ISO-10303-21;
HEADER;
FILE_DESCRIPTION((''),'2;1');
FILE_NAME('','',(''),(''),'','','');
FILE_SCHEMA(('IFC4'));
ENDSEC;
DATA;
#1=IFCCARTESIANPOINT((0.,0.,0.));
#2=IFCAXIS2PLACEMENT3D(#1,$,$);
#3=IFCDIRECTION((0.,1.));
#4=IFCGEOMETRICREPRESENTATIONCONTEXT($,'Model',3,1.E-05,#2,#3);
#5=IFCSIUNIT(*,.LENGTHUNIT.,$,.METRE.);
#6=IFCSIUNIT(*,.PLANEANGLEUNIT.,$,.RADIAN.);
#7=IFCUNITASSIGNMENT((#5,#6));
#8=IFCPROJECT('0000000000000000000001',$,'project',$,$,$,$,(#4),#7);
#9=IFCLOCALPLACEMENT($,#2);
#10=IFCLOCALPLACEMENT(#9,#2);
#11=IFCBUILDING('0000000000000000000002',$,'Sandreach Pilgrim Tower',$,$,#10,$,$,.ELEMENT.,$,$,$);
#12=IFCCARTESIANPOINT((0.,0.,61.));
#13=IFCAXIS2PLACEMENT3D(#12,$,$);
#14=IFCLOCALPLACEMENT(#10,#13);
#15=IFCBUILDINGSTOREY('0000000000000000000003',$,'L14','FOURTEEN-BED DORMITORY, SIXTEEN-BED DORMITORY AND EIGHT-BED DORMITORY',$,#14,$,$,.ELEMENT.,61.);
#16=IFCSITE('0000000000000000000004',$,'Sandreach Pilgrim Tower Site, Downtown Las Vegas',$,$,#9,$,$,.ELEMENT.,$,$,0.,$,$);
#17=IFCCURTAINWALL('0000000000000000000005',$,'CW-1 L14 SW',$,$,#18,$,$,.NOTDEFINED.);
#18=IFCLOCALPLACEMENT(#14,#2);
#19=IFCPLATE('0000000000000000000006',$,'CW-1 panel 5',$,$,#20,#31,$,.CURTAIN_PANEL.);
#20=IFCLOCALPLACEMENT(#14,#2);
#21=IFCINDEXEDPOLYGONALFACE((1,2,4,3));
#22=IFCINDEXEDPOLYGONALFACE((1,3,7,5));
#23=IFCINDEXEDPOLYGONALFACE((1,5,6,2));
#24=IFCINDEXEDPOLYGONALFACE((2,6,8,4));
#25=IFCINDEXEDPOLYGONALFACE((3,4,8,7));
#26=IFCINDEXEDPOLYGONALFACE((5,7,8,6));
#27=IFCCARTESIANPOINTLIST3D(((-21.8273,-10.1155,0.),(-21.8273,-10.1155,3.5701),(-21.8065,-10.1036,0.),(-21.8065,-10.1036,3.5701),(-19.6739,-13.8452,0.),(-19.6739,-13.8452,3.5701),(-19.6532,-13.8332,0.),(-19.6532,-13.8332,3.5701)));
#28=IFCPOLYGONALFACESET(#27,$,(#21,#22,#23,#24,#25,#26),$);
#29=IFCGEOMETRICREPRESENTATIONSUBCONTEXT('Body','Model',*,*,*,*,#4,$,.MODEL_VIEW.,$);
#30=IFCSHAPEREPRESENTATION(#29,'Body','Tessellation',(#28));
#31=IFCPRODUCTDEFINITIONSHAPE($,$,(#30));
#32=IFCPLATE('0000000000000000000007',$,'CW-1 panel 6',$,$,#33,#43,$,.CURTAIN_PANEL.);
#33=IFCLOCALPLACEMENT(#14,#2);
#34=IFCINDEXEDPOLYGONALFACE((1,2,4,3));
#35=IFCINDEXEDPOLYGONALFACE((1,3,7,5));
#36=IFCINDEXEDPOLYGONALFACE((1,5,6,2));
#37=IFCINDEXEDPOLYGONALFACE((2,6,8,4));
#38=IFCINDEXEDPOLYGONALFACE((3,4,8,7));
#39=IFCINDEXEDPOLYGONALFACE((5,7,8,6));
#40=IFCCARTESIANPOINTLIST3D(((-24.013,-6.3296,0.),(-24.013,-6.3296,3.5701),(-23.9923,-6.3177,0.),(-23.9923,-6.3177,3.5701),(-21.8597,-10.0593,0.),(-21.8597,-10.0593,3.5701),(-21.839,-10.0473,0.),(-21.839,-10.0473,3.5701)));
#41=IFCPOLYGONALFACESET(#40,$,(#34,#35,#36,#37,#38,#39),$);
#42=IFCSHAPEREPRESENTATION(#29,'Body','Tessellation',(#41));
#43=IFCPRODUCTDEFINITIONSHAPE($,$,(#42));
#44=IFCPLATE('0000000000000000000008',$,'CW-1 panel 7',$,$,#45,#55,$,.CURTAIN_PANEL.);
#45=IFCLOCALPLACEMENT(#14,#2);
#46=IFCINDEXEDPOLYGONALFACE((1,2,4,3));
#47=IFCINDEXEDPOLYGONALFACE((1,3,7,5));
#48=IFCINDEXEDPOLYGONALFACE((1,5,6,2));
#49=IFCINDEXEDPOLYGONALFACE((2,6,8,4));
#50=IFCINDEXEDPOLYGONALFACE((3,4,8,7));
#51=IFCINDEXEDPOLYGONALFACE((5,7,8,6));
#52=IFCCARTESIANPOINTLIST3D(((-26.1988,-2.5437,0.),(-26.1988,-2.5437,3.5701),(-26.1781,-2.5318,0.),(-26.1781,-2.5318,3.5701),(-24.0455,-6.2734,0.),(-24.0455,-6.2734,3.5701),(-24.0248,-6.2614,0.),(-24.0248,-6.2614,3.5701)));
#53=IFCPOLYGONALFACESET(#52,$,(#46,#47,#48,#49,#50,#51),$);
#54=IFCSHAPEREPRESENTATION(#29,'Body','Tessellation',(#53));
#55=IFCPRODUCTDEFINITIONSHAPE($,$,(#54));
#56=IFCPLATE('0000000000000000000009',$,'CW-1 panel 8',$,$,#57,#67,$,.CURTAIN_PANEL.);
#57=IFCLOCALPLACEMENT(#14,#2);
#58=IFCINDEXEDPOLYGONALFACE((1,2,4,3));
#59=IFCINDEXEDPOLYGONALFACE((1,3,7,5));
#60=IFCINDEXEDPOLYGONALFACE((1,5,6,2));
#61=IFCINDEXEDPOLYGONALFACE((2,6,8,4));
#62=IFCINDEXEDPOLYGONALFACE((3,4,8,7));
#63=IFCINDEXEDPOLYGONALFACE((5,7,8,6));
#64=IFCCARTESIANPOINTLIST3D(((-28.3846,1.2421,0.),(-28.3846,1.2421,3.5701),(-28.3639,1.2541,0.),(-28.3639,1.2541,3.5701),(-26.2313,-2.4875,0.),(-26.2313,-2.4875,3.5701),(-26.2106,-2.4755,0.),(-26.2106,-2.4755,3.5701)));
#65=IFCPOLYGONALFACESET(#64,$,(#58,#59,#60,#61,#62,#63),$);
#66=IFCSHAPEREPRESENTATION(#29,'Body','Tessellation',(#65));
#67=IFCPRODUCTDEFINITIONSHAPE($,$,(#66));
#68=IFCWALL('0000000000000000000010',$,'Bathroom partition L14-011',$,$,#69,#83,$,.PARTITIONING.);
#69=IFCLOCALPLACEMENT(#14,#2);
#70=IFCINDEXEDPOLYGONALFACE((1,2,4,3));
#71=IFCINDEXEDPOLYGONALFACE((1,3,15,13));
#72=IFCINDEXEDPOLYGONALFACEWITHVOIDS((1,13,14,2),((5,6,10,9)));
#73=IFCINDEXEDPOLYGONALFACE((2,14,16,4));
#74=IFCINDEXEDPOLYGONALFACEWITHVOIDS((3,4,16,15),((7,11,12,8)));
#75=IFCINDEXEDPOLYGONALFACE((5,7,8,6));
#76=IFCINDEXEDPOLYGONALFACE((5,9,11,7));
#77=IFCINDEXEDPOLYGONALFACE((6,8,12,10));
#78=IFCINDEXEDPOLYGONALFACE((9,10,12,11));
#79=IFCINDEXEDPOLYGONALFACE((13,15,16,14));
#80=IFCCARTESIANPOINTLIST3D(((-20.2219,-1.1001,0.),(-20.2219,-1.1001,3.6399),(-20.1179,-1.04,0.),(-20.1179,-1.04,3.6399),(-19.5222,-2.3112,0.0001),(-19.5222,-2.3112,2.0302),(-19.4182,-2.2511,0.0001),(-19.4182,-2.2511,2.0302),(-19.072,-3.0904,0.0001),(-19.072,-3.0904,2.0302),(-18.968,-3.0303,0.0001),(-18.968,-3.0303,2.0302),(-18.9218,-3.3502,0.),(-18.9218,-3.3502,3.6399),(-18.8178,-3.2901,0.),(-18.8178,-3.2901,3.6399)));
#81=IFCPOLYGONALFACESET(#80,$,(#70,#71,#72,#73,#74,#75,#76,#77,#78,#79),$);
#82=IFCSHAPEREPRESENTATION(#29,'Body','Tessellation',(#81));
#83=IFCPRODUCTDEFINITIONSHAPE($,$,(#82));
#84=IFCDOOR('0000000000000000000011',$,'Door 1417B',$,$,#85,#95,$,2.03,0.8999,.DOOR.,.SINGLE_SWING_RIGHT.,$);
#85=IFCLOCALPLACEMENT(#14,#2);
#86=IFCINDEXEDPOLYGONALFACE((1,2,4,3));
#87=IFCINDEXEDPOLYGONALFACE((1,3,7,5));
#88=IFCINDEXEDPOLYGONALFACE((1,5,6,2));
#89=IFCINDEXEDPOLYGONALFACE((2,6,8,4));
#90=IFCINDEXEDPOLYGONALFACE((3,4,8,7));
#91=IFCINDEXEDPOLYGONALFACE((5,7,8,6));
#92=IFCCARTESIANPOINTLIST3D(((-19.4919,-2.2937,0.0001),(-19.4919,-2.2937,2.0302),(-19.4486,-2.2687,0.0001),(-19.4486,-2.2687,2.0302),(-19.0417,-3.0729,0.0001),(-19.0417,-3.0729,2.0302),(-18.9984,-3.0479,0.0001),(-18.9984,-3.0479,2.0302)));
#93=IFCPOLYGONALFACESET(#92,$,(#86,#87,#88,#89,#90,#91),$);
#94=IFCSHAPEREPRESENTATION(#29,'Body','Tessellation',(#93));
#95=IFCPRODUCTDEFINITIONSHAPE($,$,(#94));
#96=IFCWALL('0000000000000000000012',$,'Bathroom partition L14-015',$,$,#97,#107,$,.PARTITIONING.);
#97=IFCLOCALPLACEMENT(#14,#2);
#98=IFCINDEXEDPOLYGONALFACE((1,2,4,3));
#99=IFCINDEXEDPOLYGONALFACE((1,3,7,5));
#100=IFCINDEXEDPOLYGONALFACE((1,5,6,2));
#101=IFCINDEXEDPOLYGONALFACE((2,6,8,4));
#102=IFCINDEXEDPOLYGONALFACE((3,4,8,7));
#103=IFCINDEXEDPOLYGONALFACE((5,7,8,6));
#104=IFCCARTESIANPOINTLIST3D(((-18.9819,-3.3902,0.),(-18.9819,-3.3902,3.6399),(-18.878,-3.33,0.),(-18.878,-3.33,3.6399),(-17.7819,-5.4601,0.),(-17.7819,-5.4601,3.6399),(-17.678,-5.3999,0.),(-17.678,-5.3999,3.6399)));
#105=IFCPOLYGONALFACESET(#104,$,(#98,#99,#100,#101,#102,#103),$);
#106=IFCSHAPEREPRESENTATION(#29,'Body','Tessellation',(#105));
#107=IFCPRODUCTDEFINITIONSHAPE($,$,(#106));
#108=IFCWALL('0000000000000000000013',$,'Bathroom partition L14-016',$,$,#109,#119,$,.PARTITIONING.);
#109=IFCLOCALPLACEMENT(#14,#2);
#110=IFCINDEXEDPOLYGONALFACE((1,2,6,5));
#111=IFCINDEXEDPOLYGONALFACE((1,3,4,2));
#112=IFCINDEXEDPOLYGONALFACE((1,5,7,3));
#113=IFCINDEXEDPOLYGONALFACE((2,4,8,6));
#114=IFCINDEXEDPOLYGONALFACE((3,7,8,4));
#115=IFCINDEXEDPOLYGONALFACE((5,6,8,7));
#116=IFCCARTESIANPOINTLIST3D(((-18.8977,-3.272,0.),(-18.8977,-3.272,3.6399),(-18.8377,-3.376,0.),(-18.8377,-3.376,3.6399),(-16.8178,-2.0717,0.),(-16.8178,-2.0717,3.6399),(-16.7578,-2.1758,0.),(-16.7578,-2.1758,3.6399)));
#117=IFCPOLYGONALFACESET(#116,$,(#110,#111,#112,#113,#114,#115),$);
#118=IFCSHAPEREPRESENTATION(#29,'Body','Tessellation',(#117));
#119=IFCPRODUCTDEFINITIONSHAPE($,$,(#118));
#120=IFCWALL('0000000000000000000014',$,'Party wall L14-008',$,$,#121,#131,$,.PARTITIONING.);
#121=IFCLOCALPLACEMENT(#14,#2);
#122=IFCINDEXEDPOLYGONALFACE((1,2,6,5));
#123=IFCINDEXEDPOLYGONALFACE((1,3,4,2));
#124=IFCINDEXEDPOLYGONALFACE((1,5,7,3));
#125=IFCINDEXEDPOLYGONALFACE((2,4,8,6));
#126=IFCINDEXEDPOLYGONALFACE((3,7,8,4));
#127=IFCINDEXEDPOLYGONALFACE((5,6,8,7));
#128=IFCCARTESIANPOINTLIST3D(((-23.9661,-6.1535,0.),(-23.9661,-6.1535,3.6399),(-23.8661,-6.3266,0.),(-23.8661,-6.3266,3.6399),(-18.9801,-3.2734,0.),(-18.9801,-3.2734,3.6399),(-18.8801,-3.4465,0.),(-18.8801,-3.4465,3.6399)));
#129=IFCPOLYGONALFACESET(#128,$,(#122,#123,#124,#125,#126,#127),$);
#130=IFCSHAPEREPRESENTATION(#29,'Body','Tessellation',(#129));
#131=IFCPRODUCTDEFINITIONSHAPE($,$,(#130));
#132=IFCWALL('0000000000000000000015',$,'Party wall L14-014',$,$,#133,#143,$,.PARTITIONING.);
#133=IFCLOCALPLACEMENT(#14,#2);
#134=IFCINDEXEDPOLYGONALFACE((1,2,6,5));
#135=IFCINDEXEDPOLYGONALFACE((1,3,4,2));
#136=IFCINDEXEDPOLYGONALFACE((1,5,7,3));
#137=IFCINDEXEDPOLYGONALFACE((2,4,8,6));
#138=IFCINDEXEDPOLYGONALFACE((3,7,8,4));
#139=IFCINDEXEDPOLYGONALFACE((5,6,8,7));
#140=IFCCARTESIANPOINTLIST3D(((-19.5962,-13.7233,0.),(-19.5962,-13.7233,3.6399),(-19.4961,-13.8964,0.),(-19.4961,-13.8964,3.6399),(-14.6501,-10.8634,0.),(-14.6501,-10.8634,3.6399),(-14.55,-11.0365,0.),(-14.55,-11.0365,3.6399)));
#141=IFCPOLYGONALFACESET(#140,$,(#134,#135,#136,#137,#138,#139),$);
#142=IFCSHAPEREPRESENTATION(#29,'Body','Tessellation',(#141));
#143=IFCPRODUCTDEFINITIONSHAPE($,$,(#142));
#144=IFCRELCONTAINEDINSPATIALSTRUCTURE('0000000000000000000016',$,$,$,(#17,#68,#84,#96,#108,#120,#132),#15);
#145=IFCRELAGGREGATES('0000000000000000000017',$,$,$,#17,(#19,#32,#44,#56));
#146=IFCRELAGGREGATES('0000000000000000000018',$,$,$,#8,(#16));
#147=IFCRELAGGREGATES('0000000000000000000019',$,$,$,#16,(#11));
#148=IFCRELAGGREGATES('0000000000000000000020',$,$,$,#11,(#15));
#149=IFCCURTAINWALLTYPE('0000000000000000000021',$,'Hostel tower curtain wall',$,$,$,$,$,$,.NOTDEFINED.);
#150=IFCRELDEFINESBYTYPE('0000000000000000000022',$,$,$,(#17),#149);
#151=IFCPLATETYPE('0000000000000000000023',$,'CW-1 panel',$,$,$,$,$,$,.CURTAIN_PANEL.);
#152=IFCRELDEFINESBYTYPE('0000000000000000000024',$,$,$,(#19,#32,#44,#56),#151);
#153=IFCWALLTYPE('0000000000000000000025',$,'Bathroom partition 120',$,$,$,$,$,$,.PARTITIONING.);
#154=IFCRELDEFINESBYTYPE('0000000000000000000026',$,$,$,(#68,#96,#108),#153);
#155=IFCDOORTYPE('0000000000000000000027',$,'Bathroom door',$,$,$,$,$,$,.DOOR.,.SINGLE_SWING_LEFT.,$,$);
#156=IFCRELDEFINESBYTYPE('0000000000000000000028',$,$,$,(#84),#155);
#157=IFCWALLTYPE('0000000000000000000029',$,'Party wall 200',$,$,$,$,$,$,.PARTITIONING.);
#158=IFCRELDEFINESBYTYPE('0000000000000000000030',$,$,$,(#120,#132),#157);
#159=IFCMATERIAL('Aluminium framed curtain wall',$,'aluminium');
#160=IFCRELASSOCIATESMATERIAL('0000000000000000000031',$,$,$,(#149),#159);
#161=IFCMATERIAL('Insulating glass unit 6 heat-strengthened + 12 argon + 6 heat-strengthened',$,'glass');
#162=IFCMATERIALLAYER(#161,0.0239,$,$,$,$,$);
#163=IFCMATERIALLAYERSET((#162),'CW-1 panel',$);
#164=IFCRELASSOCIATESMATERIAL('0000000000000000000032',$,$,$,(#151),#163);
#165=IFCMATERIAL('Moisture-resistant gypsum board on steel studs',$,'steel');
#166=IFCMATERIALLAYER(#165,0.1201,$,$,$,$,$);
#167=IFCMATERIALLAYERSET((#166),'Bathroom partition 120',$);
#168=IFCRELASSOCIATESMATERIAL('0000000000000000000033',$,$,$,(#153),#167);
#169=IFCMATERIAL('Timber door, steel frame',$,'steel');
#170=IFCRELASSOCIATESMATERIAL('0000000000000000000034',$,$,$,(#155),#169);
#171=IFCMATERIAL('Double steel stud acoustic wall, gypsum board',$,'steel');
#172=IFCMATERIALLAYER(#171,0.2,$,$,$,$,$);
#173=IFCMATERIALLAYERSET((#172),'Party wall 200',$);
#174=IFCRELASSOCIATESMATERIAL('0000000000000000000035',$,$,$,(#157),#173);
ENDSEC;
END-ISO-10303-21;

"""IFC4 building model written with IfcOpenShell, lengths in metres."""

from ifc_helpers import new_model, si_unit, direction, frame, frame_2d, origin, origin_2d, place, context, subcontext, project, spatial, rectangle, extrude, material, layer, layer_set, type_object, element, fill, aggregate, save


model = new_model("IFC4")

# Units and contexts
model_context = context("Model", 3, precision=1e-05, world=origin(), true_north=direction((0.0, 1.0)))
body_context = subcontext(model_context, "Body", "Model", "MODEL_VIEW")
ifc_project = project(units=[si_unit("LENGTHUNIT", "METRE"), si_unit("PLANEANGLEUNIT", "RADIAN")], contexts=[model_context])

# Site, building, storey
site_placement = place(None, origin())
site = spatial("IfcSite", under=ifc_project, at=site_placement, Name="Sandreach Pilgrim Tower Site, Downtown Las Vegas", CompositionType="ELEMENT", RefElevation=0.0)
building_placement = place(site_placement, origin())
building = spatial("IfcBuilding", under=site, at=building_placement, Name="Sandreach Pilgrim Tower", CompositionType="ELEMENT")
storey_placement = place(building_placement, frame((0.0, 0.0, 61.0)))
storey = spatial("IfcBuildingStorey", under=building, at=storey_placement, Name="L14", Description="FOURTEEN-BED DORMITORY, SIXTEEN-BED DORMITORY AND EIGHT-BED DORMITORY", CompositionType="ELEMENT", Elevation=61.0)

# Curtain wall
ifc_material_1 = material(Name="Aluminium framed curtain wall", Category="aluminium")
curtain_wall_type = type_object("IfcCurtainWallType", Name="Hostel tower curtain wall", PredefinedType="NOTDEFINED", material=ifc_material_1)
curtain_wall_placement = place(storey_placement, origin())
curtain_wall = element("IfcCurtainWall", 1, at=curtain_wall_placement, inside=storey, type_object=curtain_wall_type, Name="CW-1 L14 SW", PredefinedType="NOTDEFINED")

# Plates
ifc_material_2 = material(Name="Insulating glass unit 6 heat-strengthened + 12 argon + 6 heat-strengthened", Category="glass")
ifc_layer_1 = layer(ifc_material_2, 0.0239)
ifc_layer_set_1 = layer_set([ifc_layer_1], Name="CW-1 panel")
plate_type = type_object("IfcPlateType", Name="CW-1 panel", PredefinedType="CURTAIN_PANEL", material=ifc_layer_set_1)
plate_1_placement = place(storey_placement, frame((-20.7402, -11.9744, 0.0), z_axis=(0.0, 0.0, 1.0), x_axis=(-0.5, 0.866025, 0.0)))
plate_1 = element("IfcPlate", 2, at=plate_1_placement, type_object=plate_type, Name="CW-1 panel 5", PredefinedType="CURTAIN_PANEL", context=body_context, shape_type="SweptSolid", body=[
    extrude(rectangle(XDim=4.3066, YDim=0.0239, at=origin_2d()), origin(), (0.0, 0.0, 1.0), 3.5701),
])
plate_2_placement = place(storey_placement, frame((-22.926, -8.1885, 0.0), z_axis=(0.0, 0.0, 1.0), x_axis=(-0.5, 0.866025, 0.0)))
plate_2 = element("IfcPlate", 3, at=plate_2_placement, type_object=plate_type, Name="CW-1 panel 6", PredefinedType="CURTAIN_PANEL", context=body_context, shape_type="SweptSolid", body=[
    extrude(rectangle(XDim=4.3066, YDim=0.0239, at=origin_2d()), origin(), (0.0, 0.0, 1.0), 3.5701),
])
plate_3_placement = place(storey_placement, frame((-25.1118, -4.4026, 0.0), z_axis=(0.0, 0.0, 1.0), x_axis=(-0.5, 0.866025, 0.0)))
plate_3 = element("IfcPlate", 4, at=plate_3_placement, type_object=plate_type, Name="CW-1 panel 7", PredefinedType="CURTAIN_PANEL", context=body_context, shape_type="SweptSolid", body=[
    extrude(rectangle(XDim=4.3066, YDim=0.0239, at=origin_2d()), origin(), (0.0, 0.0, 1.0), 3.5701),
])
plate_4_placement = place(storey_placement, frame((-27.2976, -0.6167, 0.0), z_axis=(0.0, 0.0, 1.0), x_axis=(-0.5, 0.866025, 0.0)))
plate_4 = element("IfcPlate", 5, at=plate_4_placement, type_object=plate_type, Name="CW-1 panel 8", PredefinedType="CURTAIN_PANEL", context=body_context, shape_type="SweptSolid", body=[
    extrude(rectangle(XDim=4.3066, YDim=0.0239, at=origin_2d()), origin(), (0.0, 0.0, 1.0), 3.5701),
])
aggregate(curtain_wall, [plate_1, plate_2, plate_3, plate_4])

# Wall, opening, door
ifc_material_3 = material(Name="Moisture-resistant gypsum board on steel studs", Category="steel")
ifc_layer_2 = layer(ifc_material_3, 0.1201)
ifc_layer_set_2 = layer_set([ifc_layer_2], Name="Bathroom partition 120")
wall_type_1 = type_object("IfcWallType", Name="Bathroom partition 120", PredefinedType="PARTITIONING", material=ifc_layer_set_2)
wall_1_placement = place(storey_placement, frame((-20.1699, -1.0701, 0.0), z_axis=(0.0, 0.0, 1.0), x_axis=(0.500292, -0.865857, 0.0)))
wall_1 = element("IfcWall", 6, at=wall_1_placement, inside=storey, type_object=wall_type_1, Name="Bathroom partition L14-011", PredefinedType="PARTITIONING", context=body_context, shape_type="SweptSolid", body=[
    extrude(rectangle(XDim=2.5986, YDim=0.1201, at=frame_2d((1.2993, 0.0))), origin(), (0.0, 0.0, 1.0), 3.6399),
])
opening_placement = place(wall_1_placement, frame((1.3987, 0.0, 0.0)))
opening = element("IfcOpeningElement", 7, at=opening_placement, cuts=wall_1, PredefinedType="OPENING", context=body_context, shape_type="SweptSolid", body=[
    extrude(rectangle(XDim=0.8999, YDim=2.03, at=frame_2d((0.45, 1.0151))), frame((0.0, 0.0601, 0.0), z_axis=(0.0, -1.0, 0.0), x_axis=(1.0, 0.0, 0.0)), (0.0, 0.0, 1.0), 0.1201),
])
ifc_material_4 = material(Name="Timber door, steel frame", Category="steel")
door_type = type_object("IfcDoorType", Name="Bathroom door", OperationType="SINGLE_SWING_LEFT", PredefinedType="DOOR", material=ifc_material_4)
door_placement = place(opening_placement, origin())
door = element("IfcDoor", 8, at=door_placement, inside=storey, type_object=door_type, Name="Door 1417B", OperationType="SINGLE_SWING_RIGHT", OverallHeight=2.03, OverallWidth=0.8999, PredefinedType="DOOR", context=body_context, shape_type="SweptSolid", body=[
    extrude(rectangle(XDim=0.8999, YDim=2.03, at=frame_2d((0.45, 1.0151))), frame((0.0, 0.0249, 0.0), z_axis=(0.0, -1.0, 0.0), x_axis=(1.0, 0.0, 0.0)), (0.0, 0.0, 1.0), 0.05),
])
fill(opening, door)

# Walls
wall_2_placement = place(storey_placement, frame((-18.9299, -3.3601, 0.0), z_axis=(0.0, 0.0, 1.0), x_axis=(0.501547, -0.86513, 0.0)))
element("IfcWall", 9, at=wall_2_placement, inside=storey, type_object=wall_type_1, Name="Bathroom partition L14-015", PredefinedType="PARTITIONING", context=body_context, shape_type="SweptSolid", body=[
    extrude(rectangle(XDim=2.3926, YDim=0.1201, at=frame_2d((1.1963, 0.0))), origin(), (0.0, 0.0, 1.0), 3.6399),
])
wall_3_placement = place(storey_placement, frame((-18.8677, -3.324, 0.0), z_axis=(0.0, 0.0, 1.0), x_axis=(0.866133, 0.499813, 0.0)))
element("IfcWall", 10, at=wall_3_placement, inside=storey, type_object=wall_type_1, Name="Bathroom partition L14-016", PredefinedType="PARTITIONING", context=body_context, shape_type="SweptSolid", body=[
    extrude(rectangle(XDim=2.4014, YDim=0.1201, at=frame_2d((1.2007, 0.0))), origin(), (0.0, 0.0, 1.0), 3.6399),
])
ifc_material_5 = material(Name="Double steel stud acoustic wall, gypsum board", Category="steel")
ifc_layer_3 = layer(ifc_material_5, 0.2)
ifc_layer_set_3 = layer_set([ifc_layer_3], Name="Party wall 200")
wall_type_2 = type_object("IfcWallType", Name="Party wall 200", PredefinedType="PARTITIONING", material=ifc_layer_set_3)
wall_4_placement = place(storey_placement, frame((-23.916, -6.24, 0.0), z_axis=(0.0, 0.0, 1.0), x_axis=(0.865919, 0.500184, 0.0)))
element("IfcWall", 11, at=wall_4_placement, inside=storey, type_object=wall_type_2, Name="Party wall L14-008", PredefinedType="PARTITIONING", context=body_context, shape_type="SweptSolid", body=[
    extrude(rectangle(XDim=5.7581, YDim=0.2, at=frame_2d((2.8789, 0.0))), origin(), (0.0, 0.0, 1.0), 3.6399),
])
wall_5_placement = place(storey_placement, frame((-19.5461, -13.8098, 0.0), z_axis=(0.0, 0.0, 1.0), x_axis=(0.865702, 0.500559, 0.0)))
element("IfcWall", 12, at=wall_5_placement, inside=storey, type_object=wall_type_2, Name="Party wall L14-014", PredefinedType="PARTITIONING", context=body_context, shape_type="SweptSolid", body=[
    extrude(rectangle(XDim=5.7134, YDim=0.2, at=frame_2d((2.8567, 0.0))), origin(), (0.0, 0.0, 1.0), 3.6399),
])

save(model, "model.ifc")
